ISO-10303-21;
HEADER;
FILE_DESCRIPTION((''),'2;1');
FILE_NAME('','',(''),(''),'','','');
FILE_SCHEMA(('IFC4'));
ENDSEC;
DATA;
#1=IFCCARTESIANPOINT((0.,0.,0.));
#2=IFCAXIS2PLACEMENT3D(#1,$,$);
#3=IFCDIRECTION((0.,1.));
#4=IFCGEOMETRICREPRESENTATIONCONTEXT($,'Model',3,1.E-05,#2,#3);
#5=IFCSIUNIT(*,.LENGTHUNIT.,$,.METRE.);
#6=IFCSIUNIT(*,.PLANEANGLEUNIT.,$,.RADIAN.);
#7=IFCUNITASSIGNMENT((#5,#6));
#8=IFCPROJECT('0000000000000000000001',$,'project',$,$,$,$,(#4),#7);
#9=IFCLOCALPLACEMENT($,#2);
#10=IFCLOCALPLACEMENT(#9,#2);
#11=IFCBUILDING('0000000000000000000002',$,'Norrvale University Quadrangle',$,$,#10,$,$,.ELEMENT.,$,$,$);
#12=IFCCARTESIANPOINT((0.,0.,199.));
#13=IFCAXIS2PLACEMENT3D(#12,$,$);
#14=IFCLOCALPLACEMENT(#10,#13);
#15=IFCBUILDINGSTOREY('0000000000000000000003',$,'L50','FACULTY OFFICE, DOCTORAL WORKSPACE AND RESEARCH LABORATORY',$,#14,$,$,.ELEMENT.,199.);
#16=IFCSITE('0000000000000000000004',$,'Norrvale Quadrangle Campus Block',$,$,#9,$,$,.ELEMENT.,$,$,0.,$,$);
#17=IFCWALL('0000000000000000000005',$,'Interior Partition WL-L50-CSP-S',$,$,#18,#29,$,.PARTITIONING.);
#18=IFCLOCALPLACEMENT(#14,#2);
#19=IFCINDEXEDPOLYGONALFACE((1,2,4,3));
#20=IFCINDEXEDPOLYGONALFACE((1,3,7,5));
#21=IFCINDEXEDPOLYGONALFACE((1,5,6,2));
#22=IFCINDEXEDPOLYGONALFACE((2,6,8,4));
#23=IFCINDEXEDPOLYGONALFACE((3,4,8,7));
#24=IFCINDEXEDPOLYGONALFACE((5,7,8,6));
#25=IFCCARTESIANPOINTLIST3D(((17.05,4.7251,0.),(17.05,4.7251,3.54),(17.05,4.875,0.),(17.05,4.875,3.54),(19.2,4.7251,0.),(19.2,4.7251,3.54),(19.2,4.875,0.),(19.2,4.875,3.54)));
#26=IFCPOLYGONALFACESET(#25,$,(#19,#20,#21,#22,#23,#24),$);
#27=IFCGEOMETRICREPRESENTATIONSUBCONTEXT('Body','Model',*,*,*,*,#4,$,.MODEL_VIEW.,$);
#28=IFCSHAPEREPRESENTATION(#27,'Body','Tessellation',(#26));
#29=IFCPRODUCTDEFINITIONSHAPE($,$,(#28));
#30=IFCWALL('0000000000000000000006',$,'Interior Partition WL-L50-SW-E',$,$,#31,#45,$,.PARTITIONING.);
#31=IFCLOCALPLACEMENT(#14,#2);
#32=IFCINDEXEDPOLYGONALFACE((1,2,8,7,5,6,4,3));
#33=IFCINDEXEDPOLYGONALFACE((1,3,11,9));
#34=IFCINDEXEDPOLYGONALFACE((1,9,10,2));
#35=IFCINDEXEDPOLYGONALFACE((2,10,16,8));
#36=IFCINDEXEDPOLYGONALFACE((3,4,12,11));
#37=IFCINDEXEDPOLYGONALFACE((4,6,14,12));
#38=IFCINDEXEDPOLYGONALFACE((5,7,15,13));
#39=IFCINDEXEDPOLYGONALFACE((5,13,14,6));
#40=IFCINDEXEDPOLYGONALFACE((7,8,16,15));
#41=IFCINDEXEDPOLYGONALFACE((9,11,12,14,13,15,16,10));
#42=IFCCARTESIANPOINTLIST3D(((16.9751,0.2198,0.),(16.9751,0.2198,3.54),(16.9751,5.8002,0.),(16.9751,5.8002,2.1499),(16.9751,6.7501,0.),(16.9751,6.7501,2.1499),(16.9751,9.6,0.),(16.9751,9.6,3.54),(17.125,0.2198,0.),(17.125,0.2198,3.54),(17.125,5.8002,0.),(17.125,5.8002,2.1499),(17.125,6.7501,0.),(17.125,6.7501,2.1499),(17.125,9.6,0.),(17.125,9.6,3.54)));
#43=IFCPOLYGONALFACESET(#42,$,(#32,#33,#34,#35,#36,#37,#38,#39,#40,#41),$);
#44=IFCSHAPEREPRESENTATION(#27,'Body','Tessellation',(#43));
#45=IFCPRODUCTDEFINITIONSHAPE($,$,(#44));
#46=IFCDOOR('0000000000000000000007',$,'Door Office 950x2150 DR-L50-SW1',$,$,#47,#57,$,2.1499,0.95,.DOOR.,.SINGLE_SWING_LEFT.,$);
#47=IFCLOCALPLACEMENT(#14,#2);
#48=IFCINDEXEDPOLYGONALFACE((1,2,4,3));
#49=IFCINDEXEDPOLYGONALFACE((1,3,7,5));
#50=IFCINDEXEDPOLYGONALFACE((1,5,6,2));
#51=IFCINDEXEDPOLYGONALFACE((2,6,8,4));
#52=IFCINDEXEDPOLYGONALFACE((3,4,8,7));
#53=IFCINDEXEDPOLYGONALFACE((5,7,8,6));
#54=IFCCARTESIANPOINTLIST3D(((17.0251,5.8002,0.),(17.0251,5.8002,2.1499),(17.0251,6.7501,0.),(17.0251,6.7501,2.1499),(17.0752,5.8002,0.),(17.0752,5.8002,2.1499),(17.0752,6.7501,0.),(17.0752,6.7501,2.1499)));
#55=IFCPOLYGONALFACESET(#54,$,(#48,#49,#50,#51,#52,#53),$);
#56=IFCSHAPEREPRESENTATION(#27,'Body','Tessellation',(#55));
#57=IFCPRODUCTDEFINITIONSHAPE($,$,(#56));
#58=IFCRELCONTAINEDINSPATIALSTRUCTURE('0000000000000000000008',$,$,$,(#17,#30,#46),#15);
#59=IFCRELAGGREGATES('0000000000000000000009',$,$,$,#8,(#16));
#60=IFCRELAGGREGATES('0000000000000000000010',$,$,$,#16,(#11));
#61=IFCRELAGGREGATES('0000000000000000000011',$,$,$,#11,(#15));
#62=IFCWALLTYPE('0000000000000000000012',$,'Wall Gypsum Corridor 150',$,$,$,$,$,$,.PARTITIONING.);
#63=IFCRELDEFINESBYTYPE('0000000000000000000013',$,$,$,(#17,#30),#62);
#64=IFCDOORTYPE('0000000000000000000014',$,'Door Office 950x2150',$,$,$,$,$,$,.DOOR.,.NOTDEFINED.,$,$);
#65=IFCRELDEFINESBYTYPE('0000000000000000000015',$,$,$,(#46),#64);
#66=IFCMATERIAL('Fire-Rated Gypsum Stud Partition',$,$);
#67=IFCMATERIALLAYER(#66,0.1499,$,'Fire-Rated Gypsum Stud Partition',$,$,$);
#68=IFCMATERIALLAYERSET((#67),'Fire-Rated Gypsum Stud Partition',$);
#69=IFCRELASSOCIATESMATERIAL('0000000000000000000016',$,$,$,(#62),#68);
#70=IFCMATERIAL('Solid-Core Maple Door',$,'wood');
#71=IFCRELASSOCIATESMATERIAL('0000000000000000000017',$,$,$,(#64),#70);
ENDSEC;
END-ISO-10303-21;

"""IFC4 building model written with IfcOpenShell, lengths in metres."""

from ifc_helpers import new_model, si_unit, direction, frame, frame_2d, origin, place, context, subcontext, project, spatial, rectangle, extrude, material, layer, layer_set, type_object, element, fill, save


model = new_model("IFC4")

# Units and contexts
model_context = context("Model", 3, precision=1e-05, world=origin(), true_north=direction((0.0, 1.0)))
body_context = subcontext(model_context, "Body", "Model", "MODEL_VIEW")
ifc_project = project(units=[si_unit("LENGTHUNIT", "METRE"), si_unit("PLANEANGLEUNIT", "RADIAN")], contexts=[model_context])

# Site, building, storey
site_placement = place(None, origin())
site = spatial("IfcSite", under=ifc_project, at=site_placement, Name="Norrvale Quadrangle Campus Block", CompositionType="ELEMENT", RefElevation=0.0)
building_placement = place(site_placement, origin())
building = spatial("IfcBuilding", under=site, at=building_placement, Name="Norrvale University Quadrangle", CompositionType="ELEMENT")
storey_placement = place(building_placement, frame((0.0, 0.0, 199.0)))
storey = spatial("IfcBuildingStorey", under=building, at=storey_placement, Name="L50", Description="FACULTY OFFICE, DOCTORAL WORKSPACE AND RESEARCH LABORATORY", CompositionType="ELEMENT", Elevation=199.0)

# Wall
ifc_material_1 = material(Name="Fire-Rated Gypsum Stud Partition")
ifc_layer_1 = layer(ifc_material_1, 0.1499, Name="Fire-Rated Gypsum Stud Partition")
ifc_layer_set_1 = layer_set([ifc_layer_1], Name="Fire-Rated Gypsum Stud Partition")
wall_type_1 = type_object("IfcWallType", Name="Wall Gypsum Corridor 150", PredefinedType="PARTITIONING", material=ifc_layer_set_1)
wall_1_placement = place(storey_placement, frame((17.05, 4.8, 0.0), z_axis=(0.0, 0.0, 1.0), x_axis=(1.0, 0.0, 0.0)))
element("IfcWall", 1, at=wall_1_placement, inside=storey, type_object=wall_type_1, Name="Interior Partition WL-L50-CSP-S", PredefinedType="PARTITIONING", context=body_context, shape_type="SweptSolid", body=[
    extrude(rectangle(XDim=2.1499, YDim=0.1499, at=frame_2d((1.075, 0.0))), origin(), (0.0, 0.0, 1.0), 3.54),
])

# Wall, opening, door
wall_2_placement = place(storey_placement, frame((17.05, 0.22, 0.0), z_axis=(0.0, 0.0, 1.0), x_axis=(0.0, 1.0, 0.0)))
wall_2 = element("IfcWall", 2, at=wall_2_placement, inside=storey, type_object=wall_type_1, Name="Interior Partition WL-L50-SW-E", PredefinedType="PARTITIONING", context=body_context, shape_type="SweptSolid", body=[
    extrude(rectangle(XDim=9.3801, YDim=0.1499, at=frame_2d((4.6899, 0.0))), origin(), (0.0, 0.0, 1.0), 3.54),
])
opening_placement = place(wall_2_placement, frame((5.5801, 0.0, 0.0)))
opening = element("IfcOpeningElement", 3, at=opening_placement, cuts=wall_2, PredefinedType="OPENING", context=body_context, shape_type="SweptSolid", body=[
    extrude(rectangle(XDim=0.95, YDim=2.1499, at=frame_2d((0.4751, 1.075))), frame((0.0, 0.0869, 0.0), z_axis=(0.0, -1.0, 0.0), x_axis=(1.0, 0.0, 0.0)), (0.0, 0.0, 1.0), 0.1738),
])
ifc_material_2 = material(Name="Solid-Core Maple Door", Category="wood")
door_type = type_object("IfcDoorType", Name="Door Office 950x2150", OperationType="NOTDEFINED", PredefinedType="DOOR", material=ifc_material_2)
door_placement = place(opening_placement, origin())
door = element("IfcDoor", 4, at=door_placement, inside=storey, type_object=door_type, Name="Door Office 950x2150 DR-L50-SW1", OperationType="SINGLE_SWING_LEFT", OverallHeight=2.1499, OverallWidth=0.95, PredefinedType="DOOR", context=body_context, shape_type="SweptSolid", body=[
    extrude(rectangle(XDim=0.95, YDim=2.1499, at=frame_2d((0.4751, 1.075))), frame((0.0, 0.0249, 0.0), z_axis=(0.0, -1.0, 0.0), x_axis=(1.0, 0.0, 0.0)), (0.0, 0.0, 1.0), 0.05),
])
fill(opening, door)

save(model, "model.ifc")
